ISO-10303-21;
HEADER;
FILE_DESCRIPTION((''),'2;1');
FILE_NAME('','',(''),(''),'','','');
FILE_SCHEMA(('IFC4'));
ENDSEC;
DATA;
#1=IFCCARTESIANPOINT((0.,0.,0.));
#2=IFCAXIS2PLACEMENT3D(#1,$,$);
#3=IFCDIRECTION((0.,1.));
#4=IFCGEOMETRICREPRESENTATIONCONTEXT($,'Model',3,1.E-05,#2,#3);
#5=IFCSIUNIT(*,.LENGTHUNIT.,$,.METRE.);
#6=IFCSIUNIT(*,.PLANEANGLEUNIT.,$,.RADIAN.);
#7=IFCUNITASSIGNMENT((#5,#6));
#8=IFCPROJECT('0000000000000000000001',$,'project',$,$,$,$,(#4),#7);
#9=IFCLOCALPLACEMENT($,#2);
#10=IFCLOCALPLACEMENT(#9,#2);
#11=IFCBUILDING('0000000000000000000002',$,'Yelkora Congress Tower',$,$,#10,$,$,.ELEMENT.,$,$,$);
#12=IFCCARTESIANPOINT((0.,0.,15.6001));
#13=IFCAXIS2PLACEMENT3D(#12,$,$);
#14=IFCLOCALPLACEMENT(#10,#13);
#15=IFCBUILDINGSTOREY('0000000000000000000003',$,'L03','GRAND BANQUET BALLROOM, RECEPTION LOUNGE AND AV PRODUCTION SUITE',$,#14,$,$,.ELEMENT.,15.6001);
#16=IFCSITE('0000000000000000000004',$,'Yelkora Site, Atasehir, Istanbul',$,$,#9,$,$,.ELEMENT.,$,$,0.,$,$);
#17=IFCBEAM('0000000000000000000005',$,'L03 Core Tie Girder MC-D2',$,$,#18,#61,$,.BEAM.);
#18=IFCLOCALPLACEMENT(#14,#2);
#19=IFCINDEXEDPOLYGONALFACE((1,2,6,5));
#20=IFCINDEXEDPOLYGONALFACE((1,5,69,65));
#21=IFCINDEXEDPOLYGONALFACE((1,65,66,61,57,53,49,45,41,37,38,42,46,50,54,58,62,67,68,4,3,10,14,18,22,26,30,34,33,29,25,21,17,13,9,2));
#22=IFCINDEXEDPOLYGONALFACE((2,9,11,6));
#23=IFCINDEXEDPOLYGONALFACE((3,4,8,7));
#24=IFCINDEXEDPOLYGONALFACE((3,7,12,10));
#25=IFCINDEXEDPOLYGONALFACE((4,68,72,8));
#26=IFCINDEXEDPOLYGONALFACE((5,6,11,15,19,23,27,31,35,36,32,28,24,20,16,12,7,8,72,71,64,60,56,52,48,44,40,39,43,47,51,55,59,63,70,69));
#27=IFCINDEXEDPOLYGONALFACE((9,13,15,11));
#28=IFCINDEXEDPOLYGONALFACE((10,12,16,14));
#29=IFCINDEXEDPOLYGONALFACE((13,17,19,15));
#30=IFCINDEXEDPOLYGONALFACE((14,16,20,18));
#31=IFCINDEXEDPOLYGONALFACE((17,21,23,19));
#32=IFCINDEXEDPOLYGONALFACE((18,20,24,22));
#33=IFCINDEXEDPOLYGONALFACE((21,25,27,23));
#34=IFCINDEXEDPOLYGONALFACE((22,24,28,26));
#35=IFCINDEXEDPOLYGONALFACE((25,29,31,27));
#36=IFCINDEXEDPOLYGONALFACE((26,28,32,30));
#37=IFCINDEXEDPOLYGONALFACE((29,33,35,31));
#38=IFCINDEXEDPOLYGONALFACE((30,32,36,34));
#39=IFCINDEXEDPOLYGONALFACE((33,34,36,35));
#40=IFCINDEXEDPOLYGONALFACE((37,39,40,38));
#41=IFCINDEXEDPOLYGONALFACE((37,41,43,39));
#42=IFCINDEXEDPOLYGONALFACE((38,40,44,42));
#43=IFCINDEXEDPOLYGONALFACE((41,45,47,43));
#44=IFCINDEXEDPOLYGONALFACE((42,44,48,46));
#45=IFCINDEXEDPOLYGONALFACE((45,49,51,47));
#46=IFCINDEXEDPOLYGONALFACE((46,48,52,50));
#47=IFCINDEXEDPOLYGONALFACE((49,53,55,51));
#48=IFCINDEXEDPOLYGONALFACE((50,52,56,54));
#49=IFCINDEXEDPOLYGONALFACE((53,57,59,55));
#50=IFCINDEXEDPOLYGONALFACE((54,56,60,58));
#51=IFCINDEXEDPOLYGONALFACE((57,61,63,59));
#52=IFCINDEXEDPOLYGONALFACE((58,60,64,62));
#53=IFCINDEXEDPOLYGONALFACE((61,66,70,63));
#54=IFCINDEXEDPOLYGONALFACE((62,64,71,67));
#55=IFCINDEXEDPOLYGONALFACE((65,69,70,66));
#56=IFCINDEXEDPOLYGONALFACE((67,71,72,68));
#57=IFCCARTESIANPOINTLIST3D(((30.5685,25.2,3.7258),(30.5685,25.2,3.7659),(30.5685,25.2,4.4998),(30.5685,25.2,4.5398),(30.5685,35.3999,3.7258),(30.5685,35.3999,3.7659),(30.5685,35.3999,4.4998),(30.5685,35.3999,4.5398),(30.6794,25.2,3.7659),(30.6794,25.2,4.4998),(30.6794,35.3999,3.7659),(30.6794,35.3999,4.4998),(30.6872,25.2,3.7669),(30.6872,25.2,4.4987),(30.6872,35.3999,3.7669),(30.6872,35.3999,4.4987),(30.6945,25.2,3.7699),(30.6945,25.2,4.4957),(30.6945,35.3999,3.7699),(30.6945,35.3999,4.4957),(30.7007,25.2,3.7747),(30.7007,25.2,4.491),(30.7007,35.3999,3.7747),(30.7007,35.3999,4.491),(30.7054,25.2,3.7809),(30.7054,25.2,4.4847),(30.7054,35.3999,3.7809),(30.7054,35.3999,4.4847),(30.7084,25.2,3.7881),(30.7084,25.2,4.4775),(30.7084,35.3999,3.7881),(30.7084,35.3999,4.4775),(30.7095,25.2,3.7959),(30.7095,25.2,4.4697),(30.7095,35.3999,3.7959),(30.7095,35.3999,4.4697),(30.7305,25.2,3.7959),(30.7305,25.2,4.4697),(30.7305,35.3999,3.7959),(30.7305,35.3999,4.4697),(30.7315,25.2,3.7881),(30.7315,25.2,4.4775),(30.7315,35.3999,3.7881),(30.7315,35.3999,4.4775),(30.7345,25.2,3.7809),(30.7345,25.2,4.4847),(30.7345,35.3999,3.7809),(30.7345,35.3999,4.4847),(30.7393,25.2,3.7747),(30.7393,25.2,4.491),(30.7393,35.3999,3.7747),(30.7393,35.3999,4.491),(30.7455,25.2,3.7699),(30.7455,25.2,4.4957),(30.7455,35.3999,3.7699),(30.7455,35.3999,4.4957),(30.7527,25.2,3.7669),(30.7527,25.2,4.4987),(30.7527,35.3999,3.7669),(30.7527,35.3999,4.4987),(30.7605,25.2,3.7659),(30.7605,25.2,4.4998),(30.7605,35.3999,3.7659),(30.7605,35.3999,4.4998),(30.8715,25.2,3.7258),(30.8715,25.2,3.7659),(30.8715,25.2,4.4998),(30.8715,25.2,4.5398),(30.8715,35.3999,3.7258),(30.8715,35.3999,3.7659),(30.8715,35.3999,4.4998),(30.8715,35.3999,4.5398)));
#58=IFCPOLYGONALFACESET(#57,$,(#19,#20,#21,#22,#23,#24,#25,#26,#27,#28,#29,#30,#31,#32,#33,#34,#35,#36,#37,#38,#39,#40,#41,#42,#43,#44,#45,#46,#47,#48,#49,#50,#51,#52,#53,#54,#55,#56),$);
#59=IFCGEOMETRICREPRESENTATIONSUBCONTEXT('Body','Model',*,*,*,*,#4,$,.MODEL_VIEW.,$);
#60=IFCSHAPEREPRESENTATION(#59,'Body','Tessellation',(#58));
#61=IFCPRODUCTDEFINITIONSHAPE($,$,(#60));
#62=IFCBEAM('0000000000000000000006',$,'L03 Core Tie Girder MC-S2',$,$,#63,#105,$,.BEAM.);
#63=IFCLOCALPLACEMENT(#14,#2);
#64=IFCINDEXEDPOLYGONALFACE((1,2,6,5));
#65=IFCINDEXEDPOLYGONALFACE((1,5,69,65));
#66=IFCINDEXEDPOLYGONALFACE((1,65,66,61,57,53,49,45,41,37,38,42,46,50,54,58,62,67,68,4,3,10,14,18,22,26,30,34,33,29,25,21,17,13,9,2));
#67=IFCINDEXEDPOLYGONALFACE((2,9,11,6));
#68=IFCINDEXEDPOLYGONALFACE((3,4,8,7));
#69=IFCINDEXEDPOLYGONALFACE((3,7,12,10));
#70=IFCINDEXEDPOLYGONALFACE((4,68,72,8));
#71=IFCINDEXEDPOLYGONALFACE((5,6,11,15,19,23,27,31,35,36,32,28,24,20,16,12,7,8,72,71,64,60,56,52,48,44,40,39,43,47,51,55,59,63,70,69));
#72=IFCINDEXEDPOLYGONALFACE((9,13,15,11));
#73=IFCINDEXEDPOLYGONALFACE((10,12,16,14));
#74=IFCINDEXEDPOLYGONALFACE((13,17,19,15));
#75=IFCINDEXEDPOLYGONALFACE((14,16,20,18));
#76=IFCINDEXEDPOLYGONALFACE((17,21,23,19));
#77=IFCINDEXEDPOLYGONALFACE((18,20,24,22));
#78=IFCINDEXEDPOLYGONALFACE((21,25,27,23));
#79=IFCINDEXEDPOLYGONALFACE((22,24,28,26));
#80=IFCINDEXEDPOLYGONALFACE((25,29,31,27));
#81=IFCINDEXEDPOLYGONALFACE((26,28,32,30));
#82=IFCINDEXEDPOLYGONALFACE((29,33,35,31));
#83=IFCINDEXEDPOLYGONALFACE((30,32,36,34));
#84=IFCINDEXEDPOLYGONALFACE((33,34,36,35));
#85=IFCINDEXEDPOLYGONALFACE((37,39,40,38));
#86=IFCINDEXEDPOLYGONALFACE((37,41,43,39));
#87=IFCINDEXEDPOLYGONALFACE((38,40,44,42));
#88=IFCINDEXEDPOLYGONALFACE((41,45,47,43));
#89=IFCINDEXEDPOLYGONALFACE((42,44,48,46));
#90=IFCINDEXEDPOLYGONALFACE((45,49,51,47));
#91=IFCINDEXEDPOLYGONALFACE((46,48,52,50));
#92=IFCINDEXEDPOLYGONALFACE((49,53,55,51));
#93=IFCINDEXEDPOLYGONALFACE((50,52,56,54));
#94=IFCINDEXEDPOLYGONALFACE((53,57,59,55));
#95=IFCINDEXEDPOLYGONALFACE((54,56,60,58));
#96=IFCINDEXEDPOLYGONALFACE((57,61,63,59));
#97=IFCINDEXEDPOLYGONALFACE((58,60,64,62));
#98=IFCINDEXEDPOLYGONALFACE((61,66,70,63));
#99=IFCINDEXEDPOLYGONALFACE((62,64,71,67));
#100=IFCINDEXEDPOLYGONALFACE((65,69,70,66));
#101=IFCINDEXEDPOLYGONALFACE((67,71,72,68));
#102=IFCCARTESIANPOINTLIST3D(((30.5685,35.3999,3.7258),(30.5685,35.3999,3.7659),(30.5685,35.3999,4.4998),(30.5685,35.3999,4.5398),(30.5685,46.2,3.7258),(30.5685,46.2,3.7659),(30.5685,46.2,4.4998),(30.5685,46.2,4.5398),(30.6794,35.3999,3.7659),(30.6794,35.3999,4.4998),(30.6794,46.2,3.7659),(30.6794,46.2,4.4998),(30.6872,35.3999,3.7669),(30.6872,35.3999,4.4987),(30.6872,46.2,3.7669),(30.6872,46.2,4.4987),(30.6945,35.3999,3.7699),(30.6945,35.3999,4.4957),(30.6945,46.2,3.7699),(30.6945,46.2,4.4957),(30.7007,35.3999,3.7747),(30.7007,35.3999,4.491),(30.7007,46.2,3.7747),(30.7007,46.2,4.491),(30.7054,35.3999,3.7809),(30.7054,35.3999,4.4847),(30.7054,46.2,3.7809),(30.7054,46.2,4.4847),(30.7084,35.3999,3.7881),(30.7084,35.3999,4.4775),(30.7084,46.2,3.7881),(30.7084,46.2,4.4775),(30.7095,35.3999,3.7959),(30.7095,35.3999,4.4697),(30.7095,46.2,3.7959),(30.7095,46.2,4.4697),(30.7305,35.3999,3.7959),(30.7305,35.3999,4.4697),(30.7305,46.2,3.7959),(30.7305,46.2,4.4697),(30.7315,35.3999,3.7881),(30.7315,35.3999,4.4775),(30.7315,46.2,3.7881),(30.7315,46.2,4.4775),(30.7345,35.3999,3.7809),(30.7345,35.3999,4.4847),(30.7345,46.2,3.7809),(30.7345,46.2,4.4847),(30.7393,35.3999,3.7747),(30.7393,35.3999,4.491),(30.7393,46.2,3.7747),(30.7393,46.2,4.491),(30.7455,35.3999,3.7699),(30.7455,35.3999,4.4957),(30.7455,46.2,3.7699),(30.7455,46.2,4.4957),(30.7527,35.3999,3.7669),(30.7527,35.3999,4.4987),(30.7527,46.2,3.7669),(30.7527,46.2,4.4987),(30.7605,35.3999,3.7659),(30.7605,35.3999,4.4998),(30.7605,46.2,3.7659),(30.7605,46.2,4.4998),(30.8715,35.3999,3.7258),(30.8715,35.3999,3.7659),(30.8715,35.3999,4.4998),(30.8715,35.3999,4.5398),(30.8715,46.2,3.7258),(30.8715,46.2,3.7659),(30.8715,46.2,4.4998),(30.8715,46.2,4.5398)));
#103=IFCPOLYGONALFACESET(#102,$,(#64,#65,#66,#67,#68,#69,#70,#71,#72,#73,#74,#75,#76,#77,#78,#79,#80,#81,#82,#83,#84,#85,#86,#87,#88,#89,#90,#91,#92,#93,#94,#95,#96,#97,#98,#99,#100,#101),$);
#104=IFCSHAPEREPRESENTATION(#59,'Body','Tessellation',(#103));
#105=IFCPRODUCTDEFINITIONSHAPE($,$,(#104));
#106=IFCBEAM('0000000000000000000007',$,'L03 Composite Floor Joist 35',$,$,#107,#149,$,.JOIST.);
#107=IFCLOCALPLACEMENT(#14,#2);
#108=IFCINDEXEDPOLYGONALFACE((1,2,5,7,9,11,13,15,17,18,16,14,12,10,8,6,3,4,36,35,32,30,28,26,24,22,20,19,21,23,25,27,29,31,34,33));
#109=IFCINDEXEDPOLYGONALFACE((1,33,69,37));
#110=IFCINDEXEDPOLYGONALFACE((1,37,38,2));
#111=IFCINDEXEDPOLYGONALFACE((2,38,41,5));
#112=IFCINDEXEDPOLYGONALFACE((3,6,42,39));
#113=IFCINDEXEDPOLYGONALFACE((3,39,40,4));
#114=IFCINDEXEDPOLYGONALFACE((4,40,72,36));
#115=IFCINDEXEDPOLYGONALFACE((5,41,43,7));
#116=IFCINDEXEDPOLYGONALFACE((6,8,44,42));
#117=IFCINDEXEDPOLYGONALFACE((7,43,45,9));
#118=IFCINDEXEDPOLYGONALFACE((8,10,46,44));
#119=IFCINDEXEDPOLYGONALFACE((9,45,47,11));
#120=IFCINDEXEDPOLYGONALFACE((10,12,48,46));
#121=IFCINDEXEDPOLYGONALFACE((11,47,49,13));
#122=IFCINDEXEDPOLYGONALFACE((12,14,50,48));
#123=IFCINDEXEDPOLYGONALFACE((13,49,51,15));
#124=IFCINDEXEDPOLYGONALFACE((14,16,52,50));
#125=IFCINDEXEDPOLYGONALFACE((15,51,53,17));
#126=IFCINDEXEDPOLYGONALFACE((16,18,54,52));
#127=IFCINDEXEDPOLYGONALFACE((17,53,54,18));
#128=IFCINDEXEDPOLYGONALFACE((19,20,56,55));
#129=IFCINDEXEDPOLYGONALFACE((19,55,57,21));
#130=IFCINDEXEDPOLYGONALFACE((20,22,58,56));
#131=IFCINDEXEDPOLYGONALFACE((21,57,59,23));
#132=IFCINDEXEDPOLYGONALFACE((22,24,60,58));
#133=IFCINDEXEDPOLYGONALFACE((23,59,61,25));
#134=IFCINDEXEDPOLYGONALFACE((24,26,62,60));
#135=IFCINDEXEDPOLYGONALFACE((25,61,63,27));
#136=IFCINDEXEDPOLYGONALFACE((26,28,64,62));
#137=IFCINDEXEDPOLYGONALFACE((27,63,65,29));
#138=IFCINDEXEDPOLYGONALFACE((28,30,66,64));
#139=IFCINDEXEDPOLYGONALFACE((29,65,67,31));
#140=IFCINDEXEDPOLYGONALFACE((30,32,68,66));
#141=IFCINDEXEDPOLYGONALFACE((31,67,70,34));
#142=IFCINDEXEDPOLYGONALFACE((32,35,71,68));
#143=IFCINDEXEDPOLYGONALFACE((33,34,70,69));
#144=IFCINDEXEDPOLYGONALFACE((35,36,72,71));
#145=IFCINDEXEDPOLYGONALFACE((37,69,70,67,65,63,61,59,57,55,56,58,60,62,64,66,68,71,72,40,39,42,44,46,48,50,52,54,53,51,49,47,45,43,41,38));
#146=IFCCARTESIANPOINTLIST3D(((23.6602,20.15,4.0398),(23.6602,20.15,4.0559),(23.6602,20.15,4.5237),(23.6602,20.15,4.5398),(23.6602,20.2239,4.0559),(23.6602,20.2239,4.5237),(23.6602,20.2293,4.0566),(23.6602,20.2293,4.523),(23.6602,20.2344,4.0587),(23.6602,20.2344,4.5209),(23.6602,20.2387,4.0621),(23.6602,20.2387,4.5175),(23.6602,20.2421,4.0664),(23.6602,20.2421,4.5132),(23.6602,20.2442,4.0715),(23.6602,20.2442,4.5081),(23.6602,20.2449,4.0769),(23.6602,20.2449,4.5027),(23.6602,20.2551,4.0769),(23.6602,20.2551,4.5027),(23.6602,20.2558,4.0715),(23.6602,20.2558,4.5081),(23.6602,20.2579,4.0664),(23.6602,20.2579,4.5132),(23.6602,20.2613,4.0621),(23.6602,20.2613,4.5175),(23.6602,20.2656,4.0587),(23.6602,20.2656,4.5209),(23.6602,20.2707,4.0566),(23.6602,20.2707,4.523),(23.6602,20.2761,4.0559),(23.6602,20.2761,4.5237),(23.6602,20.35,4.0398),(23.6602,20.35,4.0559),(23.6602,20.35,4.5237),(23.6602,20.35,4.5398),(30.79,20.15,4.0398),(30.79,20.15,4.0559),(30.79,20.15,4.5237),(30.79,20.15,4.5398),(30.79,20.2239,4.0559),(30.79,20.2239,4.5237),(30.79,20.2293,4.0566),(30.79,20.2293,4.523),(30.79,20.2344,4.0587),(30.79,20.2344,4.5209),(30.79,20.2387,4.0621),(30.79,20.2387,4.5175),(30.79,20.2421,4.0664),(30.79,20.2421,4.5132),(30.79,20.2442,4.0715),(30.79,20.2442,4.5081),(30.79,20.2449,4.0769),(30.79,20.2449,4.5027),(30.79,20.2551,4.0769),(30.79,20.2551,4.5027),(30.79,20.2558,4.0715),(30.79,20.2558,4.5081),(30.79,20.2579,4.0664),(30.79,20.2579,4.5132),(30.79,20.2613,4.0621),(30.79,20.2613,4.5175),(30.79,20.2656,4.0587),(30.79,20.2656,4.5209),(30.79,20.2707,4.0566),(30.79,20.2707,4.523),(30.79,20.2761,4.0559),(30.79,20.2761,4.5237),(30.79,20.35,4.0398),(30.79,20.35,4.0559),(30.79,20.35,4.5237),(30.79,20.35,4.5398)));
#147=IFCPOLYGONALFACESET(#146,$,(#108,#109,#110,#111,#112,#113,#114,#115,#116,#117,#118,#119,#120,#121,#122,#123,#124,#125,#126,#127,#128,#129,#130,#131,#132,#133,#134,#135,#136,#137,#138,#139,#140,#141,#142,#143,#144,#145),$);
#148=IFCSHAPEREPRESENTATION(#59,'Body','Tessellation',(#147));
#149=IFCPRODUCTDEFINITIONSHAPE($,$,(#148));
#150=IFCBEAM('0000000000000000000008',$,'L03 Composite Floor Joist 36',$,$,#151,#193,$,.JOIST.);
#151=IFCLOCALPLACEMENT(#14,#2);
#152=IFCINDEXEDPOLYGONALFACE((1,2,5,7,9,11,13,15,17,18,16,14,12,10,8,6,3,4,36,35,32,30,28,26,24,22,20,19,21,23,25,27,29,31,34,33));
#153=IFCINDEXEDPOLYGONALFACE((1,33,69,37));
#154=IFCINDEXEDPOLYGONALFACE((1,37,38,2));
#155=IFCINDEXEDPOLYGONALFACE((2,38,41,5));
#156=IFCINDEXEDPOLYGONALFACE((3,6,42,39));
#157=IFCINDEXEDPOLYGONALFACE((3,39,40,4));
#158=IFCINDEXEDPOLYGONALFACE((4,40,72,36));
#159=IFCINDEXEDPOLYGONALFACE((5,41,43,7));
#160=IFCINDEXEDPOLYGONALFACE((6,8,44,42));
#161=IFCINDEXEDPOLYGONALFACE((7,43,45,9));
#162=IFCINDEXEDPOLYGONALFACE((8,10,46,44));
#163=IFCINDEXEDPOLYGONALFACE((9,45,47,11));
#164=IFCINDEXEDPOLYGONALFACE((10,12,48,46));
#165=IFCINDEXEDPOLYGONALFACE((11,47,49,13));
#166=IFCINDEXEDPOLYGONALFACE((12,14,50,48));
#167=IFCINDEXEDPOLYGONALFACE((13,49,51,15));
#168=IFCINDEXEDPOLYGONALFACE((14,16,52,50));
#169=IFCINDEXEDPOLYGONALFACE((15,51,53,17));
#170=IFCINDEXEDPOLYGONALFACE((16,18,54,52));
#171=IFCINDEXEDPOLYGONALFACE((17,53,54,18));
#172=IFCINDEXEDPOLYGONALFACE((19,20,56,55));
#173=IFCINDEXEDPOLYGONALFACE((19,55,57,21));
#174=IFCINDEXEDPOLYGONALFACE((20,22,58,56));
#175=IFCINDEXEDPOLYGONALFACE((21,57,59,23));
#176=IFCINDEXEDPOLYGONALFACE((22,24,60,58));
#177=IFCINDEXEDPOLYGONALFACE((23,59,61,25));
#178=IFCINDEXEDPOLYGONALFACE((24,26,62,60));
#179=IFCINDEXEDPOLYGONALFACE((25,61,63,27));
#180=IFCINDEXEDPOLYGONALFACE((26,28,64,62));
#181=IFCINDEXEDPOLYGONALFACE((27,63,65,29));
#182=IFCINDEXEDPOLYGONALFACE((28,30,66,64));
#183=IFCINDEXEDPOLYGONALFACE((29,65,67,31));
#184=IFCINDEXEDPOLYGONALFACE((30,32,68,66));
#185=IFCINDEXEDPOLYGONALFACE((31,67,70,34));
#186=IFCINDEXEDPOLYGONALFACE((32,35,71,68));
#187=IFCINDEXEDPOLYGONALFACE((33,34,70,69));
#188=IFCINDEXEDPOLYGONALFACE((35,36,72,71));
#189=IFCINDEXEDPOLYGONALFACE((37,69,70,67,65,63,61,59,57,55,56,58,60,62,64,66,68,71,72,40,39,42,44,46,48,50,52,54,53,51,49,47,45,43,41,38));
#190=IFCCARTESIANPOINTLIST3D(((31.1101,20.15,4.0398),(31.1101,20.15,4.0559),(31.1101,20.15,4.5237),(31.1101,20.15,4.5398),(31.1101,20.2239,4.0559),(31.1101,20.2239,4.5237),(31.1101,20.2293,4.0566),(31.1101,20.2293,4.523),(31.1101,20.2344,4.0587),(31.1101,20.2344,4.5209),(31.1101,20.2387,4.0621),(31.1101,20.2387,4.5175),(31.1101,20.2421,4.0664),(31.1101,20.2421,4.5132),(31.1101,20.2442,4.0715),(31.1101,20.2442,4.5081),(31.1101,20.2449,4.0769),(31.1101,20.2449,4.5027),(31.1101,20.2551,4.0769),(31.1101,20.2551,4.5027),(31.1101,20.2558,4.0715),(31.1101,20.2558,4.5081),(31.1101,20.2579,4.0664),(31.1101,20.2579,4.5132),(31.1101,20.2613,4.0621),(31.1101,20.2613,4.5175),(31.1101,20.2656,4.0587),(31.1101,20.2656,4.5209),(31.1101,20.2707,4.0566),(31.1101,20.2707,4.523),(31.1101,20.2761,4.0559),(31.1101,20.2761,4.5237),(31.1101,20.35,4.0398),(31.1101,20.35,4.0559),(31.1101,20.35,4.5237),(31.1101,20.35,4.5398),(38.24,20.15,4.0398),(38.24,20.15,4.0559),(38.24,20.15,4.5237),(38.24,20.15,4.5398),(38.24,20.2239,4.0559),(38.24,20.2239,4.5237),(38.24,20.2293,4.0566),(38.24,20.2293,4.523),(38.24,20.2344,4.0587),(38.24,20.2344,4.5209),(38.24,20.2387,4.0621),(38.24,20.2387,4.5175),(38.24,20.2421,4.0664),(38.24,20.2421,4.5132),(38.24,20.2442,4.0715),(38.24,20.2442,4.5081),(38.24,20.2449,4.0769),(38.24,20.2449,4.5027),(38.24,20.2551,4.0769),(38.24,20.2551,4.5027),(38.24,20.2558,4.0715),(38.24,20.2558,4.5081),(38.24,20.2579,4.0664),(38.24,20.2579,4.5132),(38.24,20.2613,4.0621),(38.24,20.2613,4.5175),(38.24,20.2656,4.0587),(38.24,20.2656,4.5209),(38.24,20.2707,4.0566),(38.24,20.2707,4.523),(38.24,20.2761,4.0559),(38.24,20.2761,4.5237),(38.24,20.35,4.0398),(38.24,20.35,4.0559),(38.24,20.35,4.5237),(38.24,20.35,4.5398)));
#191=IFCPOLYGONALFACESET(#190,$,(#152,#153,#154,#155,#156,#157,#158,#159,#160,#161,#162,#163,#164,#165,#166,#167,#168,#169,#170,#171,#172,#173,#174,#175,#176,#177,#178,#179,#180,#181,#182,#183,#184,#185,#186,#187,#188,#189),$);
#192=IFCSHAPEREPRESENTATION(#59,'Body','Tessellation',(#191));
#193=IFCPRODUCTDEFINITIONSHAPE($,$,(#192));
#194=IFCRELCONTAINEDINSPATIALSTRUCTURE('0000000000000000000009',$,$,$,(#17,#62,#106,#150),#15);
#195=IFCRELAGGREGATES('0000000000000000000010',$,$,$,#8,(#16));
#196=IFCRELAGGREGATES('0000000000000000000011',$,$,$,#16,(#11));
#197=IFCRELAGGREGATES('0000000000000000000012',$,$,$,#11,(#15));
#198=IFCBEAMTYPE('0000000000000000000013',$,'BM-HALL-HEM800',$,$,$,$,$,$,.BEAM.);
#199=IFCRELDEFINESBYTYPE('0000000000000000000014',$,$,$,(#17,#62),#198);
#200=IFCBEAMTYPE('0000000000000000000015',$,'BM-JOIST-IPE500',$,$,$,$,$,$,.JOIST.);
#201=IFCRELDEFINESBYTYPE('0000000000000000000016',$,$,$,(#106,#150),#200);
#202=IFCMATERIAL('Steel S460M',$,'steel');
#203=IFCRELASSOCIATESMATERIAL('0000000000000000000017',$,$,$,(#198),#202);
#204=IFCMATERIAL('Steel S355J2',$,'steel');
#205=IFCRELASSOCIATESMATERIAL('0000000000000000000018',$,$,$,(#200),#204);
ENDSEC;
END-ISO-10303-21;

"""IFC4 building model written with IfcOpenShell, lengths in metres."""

from ifc_helpers import new_model, si_unit, direction, frame, origin, origin_2d, place, context, subcontext, project, spatial, i_section, extrude, material, material_profile, profile_set, type_object, element, save


model = new_model("IFC4")

# Units and contexts
model_context = context("Model", 3, precision=1e-05, world=origin(), true_north=direction((0.0, 1.0)))
body_context = subcontext(model_context, "Body", "Model", "MODEL_VIEW")
ifc_project = project(units=[si_unit("LENGTHUNIT", "METRE"), si_unit("PLANEANGLEUNIT", "RADIAN")], contexts=[model_context])

# Site, building, storey
site_placement = place(None, origin())
site = spatial("IfcSite", under=ifc_project, at=site_placement, Name="Yelkora Site, Atasehir, Istanbul", CompositionType="ELEMENT", RefElevation=0.0)
building_placement = place(site_placement, origin())
building = spatial("IfcBuilding", under=site, at=building_placement, Name="Yelkora Congress Tower", CompositionType="ELEMENT")
storey_placement = place(building_placement, frame((0.0, 0.0, 15.6001)))
storey = spatial("IfcBuildingStorey", under=building, at=storey_placement, Name="L03", Description="GRAND BANQUET BALLROOM, RECEPTION LOUNGE AND AV PRODUCTION SUITE", CompositionType="ELEMENT", Elevation=15.6001)

# Beams
ifc_material_1 = material(Name="Steel S460M", Category="steel")
ifc_material_profile_1 = material_profile(ifc_material_1, i_section(OverallWidth=0.303, OverallDepth=0.814, WebThickness=0.021, FlangeThickness=0.04, FilletRadius=0.03, at=origin_2d()), Name="HEM 800")
ifc_profile_set_1 = profile_set([ifc_material_profile_1], Name="Steel S460M")
beam_type_1 = type_object("IfcBeamType", Name="BM-HALL-HEM800", PredefinedType="BEAM", material=ifc_profile_set_1)
beam_1_placement = place(storey_placement, frame((30.72, 25.2, 4.1328), z_axis=(0.0, 1.0, 0.0), x_axis=(-1.0, 0.0, 0.0)))
element("IfcBeam", 1, at=beam_1_placement, inside=storey, type_object=beam_type_1, Name="L03 Core Tie Girder MC-D2", PredefinedType="BEAM", context=body_context, shape_type="SweptSolid", body=[
    extrude(i_section(OverallWidth=0.303, OverallDepth=0.814, WebThickness=0.021, FlangeThickness=0.04, FilletRadius=0.03, at=origin_2d()), origin(), (0.0, 0.0, 1.0), 10.2),
])
beam_2_placement = place(storey_placement, frame((30.72, 35.3999, 4.1328), z_axis=(0.0, 1.0, 0.0), x_axis=(-1.0, 0.0, 0.0)))
element("IfcBeam", 2, at=beam_2_placement, inside=storey, type_object=beam_type_1, Name="L03 Core Tie Girder MC-S2", PredefinedType="BEAM", context=body_context, shape_type="SweptSolid", body=[
    extrude(i_section(OverallWidth=0.303, OverallDepth=0.814, WebThickness=0.021, FlangeThickness=0.04, FilletRadius=0.03, at=origin_2d()), origin(), (0.0, 0.0, 1.0), 10.8),
])
ifc_material_2 = material(Name="Steel S355J2", Category="steel")
ifc_material_profile_2 = material_profile(ifc_material_2, i_section(OverallWidth=0.2, OverallDepth=0.5, WebThickness=0.0103, FlangeThickness=0.0161, FilletRadius=0.021, at=origin_2d()), Name="IPE 500")
ifc_profile_set_2 = profile_set([ifc_material_profile_2], Name="Steel S355J2")
beam_type_2 = type_object("IfcBeamType", Name="BM-JOIST-IPE500", PredefinedType="JOIST", material=ifc_profile_set_2)
for number, where, z_axis, x_axis, name in (
    (3, (23.6602, 20.25, 4.2898), (1.0, 0.0, 0.0), (0.0, 1.0, 0.0), "L03 Composite Floor Joist 35"),
    (4, (31.1101, 20.25, 4.2898), (1.0, 0.0, 0.0), (0.0, 1.0, 0.0), "L03 Composite Floor Joist 36"),
):
    element("IfcBeam", number, at=place(storey_placement, frame(where, z_axis=z_axis, x_axis=x_axis)), inside=storey, type_object=beam_type_2, Name=name, PredefinedType="JOIST", context=body_context, shape_type="SweptSolid", body=[
        extrude(i_section(OverallWidth=0.2, OverallDepth=0.5, WebThickness=0.0103, FlangeThickness=0.0161, FilletRadius=0.021, at=origin_2d()), origin(), (0.0, 0.0, 1.0), 7.1299),
    ])

save(model, "model.ifc")
